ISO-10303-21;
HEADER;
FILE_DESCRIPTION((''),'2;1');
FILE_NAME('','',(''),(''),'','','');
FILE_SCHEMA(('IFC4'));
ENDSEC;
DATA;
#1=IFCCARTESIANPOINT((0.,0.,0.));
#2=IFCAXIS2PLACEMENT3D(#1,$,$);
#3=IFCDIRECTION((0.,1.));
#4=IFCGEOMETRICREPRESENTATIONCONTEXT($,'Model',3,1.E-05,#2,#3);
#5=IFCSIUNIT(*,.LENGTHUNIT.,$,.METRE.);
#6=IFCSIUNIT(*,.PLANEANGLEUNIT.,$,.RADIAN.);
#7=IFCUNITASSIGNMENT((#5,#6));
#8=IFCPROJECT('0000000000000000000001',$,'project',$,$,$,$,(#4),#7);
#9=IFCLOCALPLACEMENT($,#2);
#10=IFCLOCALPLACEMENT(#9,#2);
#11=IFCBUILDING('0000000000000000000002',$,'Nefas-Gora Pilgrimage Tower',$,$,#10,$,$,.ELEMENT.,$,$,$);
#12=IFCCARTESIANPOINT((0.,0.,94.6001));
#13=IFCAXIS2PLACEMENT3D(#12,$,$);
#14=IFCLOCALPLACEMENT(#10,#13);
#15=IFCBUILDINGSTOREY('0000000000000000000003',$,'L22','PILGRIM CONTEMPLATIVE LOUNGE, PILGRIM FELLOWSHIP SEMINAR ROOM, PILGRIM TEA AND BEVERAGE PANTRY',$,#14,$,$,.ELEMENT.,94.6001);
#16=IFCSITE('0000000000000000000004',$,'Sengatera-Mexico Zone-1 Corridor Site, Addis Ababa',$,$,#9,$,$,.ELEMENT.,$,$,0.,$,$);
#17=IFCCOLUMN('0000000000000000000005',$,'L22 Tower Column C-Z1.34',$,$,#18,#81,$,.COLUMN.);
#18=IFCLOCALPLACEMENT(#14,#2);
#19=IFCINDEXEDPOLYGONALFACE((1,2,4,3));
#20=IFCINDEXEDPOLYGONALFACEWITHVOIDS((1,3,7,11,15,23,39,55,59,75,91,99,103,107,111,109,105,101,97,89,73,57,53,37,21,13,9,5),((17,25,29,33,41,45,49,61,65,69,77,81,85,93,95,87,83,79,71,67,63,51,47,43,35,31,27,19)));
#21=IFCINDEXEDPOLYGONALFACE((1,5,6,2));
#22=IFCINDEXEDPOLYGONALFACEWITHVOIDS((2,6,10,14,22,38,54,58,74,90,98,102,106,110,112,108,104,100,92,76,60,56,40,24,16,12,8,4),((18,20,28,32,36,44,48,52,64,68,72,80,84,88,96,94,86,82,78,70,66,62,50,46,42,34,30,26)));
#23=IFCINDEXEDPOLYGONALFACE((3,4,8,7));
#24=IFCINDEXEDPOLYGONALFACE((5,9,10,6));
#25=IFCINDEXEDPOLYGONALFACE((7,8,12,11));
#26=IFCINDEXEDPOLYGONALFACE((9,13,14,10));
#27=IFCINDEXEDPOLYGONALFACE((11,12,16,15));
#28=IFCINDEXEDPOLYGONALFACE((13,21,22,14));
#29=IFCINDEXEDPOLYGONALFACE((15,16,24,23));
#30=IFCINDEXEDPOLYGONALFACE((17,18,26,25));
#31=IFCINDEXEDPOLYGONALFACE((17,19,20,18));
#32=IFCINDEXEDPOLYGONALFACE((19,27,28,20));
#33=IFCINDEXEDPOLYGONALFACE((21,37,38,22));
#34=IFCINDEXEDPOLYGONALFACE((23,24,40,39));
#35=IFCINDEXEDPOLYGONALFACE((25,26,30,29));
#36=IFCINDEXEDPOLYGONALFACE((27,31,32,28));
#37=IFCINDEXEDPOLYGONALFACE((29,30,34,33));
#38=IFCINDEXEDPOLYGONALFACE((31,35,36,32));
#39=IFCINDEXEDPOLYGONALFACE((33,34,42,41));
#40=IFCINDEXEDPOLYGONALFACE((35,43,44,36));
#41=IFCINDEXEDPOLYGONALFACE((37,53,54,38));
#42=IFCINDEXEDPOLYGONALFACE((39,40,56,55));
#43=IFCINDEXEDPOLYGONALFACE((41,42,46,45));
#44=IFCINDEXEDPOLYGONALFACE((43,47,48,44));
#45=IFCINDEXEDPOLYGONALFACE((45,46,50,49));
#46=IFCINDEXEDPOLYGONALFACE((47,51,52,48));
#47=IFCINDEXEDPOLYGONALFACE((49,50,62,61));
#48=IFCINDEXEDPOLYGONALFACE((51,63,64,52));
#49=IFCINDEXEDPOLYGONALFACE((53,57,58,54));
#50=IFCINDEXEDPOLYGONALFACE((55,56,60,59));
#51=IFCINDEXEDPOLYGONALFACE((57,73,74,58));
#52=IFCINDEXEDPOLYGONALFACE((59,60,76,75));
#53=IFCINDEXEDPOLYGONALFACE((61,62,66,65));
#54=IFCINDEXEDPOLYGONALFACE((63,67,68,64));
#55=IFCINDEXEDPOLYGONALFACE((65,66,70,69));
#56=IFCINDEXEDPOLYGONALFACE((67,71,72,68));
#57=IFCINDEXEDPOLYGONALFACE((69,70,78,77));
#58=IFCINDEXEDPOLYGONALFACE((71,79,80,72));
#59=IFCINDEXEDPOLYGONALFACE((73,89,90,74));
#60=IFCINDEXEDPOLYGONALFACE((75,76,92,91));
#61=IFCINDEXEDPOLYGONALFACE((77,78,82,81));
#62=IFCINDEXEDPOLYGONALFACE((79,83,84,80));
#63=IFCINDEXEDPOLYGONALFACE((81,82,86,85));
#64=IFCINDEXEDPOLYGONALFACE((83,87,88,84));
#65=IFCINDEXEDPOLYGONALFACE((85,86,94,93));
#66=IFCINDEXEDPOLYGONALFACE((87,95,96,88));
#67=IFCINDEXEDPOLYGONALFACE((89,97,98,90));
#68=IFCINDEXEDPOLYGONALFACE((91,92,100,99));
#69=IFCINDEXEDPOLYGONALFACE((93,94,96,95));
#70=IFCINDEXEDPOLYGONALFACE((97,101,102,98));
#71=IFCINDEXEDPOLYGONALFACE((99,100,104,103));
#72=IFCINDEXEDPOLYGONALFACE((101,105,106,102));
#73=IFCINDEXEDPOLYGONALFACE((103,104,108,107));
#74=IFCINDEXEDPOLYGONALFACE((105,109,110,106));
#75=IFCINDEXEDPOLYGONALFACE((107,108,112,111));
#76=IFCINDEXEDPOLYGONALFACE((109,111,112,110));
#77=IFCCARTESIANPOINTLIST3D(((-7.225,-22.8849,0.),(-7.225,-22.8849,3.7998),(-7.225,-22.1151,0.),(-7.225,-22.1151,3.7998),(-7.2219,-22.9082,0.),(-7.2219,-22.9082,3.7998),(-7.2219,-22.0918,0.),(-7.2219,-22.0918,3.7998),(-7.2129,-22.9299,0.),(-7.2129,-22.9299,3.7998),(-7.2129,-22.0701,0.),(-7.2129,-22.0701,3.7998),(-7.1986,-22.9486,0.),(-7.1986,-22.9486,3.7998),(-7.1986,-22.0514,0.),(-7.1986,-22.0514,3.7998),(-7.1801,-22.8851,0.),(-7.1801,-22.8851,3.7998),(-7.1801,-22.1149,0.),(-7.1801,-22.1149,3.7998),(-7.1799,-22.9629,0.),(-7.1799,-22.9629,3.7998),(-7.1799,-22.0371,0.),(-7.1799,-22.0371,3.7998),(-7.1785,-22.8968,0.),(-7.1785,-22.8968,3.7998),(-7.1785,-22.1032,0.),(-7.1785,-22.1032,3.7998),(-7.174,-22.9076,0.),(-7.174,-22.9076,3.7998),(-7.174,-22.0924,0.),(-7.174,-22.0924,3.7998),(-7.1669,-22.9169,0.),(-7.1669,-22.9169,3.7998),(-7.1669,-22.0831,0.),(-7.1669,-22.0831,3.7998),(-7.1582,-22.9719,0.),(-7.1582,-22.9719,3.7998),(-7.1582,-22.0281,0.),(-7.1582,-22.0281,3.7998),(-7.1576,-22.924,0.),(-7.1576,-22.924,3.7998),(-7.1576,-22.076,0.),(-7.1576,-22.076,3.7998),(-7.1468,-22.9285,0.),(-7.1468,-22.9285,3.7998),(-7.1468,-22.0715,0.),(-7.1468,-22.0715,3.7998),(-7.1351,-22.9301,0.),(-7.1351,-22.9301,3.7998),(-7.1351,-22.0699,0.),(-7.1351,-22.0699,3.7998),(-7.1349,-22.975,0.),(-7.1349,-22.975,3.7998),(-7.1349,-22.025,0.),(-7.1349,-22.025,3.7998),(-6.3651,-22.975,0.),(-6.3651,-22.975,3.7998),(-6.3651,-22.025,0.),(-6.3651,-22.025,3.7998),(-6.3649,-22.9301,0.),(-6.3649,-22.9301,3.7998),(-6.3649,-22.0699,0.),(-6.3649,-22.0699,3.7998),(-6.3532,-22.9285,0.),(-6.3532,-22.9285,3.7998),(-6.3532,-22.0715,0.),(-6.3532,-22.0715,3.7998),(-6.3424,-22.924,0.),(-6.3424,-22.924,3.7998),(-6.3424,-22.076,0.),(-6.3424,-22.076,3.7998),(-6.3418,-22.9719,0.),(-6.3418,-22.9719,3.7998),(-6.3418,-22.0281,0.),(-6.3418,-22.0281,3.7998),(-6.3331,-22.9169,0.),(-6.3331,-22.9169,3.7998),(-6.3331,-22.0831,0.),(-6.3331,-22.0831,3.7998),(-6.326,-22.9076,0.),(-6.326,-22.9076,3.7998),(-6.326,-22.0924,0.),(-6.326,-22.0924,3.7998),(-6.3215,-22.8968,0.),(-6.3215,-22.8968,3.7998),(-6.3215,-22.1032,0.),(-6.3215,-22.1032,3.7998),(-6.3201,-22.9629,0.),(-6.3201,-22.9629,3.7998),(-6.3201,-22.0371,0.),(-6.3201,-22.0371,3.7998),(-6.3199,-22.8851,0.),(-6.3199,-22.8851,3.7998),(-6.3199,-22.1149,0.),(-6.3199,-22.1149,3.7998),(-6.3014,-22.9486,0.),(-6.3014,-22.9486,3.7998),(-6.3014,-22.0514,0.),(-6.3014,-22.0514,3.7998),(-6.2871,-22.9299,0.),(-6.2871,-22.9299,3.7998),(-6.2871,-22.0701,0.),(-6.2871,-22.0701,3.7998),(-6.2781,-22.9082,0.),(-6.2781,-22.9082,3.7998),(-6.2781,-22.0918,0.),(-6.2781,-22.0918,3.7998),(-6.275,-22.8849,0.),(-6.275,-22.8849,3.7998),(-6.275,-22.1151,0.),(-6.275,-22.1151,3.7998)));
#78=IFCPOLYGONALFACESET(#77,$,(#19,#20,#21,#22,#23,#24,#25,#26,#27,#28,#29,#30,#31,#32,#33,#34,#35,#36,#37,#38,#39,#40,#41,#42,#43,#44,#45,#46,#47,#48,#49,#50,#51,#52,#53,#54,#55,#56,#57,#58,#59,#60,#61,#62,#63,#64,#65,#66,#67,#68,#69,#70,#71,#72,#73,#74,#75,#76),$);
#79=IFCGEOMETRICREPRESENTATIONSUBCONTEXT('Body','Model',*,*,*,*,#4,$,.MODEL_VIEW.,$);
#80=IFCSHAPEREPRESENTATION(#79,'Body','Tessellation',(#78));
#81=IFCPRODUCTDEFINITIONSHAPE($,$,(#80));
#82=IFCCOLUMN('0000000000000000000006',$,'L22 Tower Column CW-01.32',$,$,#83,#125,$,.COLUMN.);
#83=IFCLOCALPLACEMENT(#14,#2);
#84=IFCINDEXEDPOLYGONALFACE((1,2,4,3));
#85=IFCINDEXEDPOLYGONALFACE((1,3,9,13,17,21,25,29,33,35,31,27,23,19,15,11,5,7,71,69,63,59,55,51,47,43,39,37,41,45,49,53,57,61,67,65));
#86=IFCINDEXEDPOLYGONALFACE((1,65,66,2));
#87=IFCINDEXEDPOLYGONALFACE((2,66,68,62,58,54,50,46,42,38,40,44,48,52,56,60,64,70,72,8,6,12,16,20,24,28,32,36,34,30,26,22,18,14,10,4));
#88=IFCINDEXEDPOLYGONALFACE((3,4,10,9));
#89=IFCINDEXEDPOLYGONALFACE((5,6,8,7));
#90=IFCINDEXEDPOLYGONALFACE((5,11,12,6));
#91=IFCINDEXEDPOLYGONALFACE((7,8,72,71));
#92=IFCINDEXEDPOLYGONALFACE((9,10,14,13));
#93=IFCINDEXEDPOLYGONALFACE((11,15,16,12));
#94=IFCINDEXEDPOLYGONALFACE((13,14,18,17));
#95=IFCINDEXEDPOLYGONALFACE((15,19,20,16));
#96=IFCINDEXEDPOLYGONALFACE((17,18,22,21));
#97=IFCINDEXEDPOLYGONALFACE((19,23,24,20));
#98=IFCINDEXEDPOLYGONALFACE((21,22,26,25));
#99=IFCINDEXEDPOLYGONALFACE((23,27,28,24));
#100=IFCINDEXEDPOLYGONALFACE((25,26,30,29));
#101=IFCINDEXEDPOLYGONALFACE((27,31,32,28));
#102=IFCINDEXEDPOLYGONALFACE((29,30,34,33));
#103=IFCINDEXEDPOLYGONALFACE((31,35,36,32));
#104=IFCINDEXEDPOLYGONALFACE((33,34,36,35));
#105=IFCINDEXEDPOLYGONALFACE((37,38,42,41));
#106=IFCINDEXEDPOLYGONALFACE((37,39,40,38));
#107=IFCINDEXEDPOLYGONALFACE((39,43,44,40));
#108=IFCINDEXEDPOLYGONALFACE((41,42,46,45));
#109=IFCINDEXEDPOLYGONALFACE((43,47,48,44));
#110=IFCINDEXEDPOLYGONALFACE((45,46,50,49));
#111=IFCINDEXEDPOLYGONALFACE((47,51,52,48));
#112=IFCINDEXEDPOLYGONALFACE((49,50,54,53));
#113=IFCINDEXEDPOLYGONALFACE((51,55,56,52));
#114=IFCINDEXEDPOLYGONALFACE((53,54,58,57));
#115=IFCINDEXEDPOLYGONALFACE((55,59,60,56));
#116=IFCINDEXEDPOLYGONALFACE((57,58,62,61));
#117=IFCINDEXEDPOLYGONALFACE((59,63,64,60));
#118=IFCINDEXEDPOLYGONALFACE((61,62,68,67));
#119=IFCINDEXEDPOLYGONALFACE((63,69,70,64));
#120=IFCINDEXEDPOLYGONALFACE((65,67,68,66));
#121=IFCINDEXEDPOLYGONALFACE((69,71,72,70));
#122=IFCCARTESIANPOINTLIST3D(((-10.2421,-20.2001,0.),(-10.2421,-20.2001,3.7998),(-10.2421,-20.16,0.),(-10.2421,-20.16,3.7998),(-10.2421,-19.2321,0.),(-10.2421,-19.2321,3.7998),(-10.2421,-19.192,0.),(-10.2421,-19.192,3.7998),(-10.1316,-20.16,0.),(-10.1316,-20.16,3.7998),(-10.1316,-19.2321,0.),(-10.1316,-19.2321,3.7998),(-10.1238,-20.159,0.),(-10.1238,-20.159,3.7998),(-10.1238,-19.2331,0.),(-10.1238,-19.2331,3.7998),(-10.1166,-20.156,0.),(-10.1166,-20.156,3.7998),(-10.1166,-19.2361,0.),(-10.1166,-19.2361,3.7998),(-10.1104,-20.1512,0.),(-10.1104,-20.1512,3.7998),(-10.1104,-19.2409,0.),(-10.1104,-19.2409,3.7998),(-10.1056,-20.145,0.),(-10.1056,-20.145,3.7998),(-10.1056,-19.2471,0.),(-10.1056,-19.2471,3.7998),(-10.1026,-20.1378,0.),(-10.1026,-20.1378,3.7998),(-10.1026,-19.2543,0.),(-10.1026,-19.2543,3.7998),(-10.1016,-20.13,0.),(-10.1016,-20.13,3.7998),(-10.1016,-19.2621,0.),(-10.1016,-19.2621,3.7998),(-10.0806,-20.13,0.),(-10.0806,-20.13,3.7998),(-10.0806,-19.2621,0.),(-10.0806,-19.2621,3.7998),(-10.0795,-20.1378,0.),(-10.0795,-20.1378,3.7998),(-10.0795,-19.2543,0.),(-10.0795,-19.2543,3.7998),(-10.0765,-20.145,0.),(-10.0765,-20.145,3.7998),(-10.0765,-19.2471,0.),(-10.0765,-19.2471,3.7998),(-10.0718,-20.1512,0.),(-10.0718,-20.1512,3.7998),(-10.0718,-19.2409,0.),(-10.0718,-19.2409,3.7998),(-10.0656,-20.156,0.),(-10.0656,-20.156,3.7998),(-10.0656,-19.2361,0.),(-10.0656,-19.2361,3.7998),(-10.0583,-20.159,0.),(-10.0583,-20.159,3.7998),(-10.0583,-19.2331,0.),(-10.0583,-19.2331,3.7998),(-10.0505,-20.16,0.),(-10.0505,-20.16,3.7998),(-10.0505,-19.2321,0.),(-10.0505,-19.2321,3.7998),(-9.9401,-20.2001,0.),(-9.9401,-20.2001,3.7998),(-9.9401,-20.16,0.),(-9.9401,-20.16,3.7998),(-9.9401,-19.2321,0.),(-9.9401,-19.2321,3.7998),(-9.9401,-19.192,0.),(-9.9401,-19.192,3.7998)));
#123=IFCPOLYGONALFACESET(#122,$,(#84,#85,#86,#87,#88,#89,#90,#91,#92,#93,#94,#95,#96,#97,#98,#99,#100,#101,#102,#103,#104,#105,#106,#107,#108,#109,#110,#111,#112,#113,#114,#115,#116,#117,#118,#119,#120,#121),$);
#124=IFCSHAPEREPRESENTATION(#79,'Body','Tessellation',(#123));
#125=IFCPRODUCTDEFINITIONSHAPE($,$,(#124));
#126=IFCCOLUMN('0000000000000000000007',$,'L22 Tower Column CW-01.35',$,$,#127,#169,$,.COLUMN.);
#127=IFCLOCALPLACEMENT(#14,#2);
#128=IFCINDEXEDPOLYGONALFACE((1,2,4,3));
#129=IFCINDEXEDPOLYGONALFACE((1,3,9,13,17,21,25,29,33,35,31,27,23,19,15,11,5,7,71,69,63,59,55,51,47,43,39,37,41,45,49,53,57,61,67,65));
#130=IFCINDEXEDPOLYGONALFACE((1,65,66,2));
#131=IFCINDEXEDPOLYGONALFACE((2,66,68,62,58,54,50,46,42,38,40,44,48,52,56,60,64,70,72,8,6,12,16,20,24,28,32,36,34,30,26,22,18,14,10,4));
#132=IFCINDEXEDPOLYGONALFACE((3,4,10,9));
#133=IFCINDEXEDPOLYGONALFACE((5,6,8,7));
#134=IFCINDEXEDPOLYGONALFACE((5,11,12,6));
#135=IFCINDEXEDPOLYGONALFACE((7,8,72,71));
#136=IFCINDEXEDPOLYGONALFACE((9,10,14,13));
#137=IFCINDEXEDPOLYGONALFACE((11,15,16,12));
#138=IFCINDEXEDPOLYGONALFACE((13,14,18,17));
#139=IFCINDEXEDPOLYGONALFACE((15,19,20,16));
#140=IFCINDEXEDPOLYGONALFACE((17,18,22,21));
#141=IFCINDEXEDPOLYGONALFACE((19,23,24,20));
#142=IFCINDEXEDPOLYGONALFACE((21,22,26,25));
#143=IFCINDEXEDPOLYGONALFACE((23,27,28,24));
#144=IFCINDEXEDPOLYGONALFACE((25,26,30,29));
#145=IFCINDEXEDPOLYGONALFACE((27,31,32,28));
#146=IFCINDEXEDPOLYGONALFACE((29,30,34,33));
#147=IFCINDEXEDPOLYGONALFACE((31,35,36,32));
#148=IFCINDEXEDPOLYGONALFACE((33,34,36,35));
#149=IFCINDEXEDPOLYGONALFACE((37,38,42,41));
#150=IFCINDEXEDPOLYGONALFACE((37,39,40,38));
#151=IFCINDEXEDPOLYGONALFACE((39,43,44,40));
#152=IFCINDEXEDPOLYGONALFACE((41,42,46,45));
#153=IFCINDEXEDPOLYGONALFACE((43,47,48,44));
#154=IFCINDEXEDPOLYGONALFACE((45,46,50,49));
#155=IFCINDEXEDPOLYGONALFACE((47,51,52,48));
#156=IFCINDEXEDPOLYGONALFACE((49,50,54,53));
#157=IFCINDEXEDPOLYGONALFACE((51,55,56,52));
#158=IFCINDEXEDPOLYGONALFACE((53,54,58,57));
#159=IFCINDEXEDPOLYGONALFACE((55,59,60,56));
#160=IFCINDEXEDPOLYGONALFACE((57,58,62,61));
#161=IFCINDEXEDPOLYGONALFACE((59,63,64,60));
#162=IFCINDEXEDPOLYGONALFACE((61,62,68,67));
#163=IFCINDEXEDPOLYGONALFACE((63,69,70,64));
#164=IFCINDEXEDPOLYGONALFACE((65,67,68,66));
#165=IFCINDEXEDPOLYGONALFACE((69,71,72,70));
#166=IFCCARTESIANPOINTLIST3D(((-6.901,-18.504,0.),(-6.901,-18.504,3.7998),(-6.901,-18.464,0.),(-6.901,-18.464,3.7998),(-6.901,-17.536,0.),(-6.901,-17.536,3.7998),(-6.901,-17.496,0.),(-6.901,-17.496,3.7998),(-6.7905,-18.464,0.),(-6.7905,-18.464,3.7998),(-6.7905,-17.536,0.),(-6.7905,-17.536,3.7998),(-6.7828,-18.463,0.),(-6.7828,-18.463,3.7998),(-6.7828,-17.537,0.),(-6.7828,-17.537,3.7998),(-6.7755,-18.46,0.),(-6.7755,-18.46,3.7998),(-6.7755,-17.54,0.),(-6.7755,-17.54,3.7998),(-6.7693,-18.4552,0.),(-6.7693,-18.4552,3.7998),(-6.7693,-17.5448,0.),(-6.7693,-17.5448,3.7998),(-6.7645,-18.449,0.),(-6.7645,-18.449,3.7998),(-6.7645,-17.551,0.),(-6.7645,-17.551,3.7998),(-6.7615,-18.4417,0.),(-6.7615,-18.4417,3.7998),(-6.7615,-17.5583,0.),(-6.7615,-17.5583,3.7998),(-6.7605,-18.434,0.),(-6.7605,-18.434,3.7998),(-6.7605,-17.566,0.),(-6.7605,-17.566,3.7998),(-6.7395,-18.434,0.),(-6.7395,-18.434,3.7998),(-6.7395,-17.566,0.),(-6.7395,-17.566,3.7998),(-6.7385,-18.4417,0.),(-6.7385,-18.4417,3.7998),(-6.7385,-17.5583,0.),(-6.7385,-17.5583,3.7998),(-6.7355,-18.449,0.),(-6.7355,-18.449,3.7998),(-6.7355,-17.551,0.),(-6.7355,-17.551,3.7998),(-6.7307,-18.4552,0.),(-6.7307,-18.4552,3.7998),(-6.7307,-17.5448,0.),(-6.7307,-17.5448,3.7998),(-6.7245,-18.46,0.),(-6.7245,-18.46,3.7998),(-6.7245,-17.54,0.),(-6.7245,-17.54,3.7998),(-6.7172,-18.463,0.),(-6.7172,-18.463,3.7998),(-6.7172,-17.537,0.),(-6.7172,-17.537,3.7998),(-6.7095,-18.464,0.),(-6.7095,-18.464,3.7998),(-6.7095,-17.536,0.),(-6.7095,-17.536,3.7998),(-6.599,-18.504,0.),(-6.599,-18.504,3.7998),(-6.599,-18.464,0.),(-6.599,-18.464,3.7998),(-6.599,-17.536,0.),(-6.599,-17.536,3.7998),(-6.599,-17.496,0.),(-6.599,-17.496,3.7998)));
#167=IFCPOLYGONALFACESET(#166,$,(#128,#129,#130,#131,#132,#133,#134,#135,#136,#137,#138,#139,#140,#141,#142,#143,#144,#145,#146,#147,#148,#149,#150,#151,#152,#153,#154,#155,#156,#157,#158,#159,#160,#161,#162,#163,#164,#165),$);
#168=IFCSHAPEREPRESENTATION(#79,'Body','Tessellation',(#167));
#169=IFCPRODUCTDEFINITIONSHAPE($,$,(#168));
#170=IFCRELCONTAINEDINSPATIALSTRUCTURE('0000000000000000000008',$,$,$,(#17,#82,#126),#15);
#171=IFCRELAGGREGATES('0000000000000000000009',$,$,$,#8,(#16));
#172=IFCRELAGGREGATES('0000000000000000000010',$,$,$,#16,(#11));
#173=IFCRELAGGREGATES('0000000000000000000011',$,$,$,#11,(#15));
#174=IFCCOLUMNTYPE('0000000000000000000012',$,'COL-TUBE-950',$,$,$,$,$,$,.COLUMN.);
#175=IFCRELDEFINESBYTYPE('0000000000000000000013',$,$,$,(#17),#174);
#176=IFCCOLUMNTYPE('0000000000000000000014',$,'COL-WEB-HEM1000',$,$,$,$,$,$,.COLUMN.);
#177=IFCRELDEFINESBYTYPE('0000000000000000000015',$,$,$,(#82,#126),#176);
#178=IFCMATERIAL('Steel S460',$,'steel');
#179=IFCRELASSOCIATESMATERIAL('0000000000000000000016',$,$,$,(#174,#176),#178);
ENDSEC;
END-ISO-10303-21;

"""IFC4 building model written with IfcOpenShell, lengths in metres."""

from ifc_helpers import new_model, si_unit, direction, frame, origin, origin_2d, place, context, subcontext, project, spatial, hollow_rectangle, i_section, extrude, source, transform, mapped, material, material_profile, profile_set, type_object, element, save


model = new_model("IFC4")

# Units and contexts
model_context = context("Model", 3, precision=1e-05, world=origin(), true_north=direction((0.0, 1.0)))
body_context = subcontext(model_context, "Body", "Model", "MODEL_VIEW")
ifc_project = project(units=[si_unit("LENGTHUNIT", "METRE"), si_unit("PLANEANGLEUNIT", "RADIAN")], contexts=[model_context])

# Site, building, storey
site_placement = place(None, origin())
site = spatial("IfcSite", under=ifc_project, at=site_placement, Name="Sengatera-Mexico Zone-1 Corridor Site, Addis Ababa", CompositionType="ELEMENT", RefElevation=0.0)
building_placement = place(site_placement, origin())
building = spatial("IfcBuilding", under=site, at=building_placement, Name="Nefas-Gora Pilgrimage Tower", CompositionType="ELEMENT")
storey_placement = place(building_placement, frame((0.0, 0.0, 94.6001)))
storey = spatial("IfcBuildingStorey", under=building, at=storey_placement, Name="L22", Description="PILGRIM CONTEMPLATIVE LOUNGE, PILGRIM FELLOWSHIP SEMINAR ROOM, PILGRIM TEA AND BEVERAGE PANTRY", CompositionType="ELEMENT", Elevation=94.6001)

# Columns
ifc_material_1 = material(Name="Steel S460", Category="steel")
ifc_material_profile_1 = material_profile(ifc_material_1, hollow_rectangle(XDim=0.95, YDim=0.95, WallThickness=0.0449, InnerFilletRadius=0.0449, OuterFilletRadius=0.0901, at=origin_2d()), Name="BOX 950x950x45")
ifc_profile_set_1 = profile_set([ifc_material_profile_1], Name="Steel S460")
column_type_1 = type_object("IfcColumnType", Name="COL-TUBE-950", PredefinedType="COLUMN", material=ifc_profile_set_1)
shared_shape_1 = source(origin(), body_context, "Body", "SweptSolid", [
    extrude(hollow_rectangle(XDim=0.95, YDim=0.95, WallThickness=0.0449, InnerFilletRadius=0.0449, OuterFilletRadius=0.0901, at=origin_2d()), origin(), (0.0, 0.0, 1.0), 3.7998),
])
column_placement = place(storey_placement, frame((-6.75, -22.5, 0.0), z_axis=(0.0, 0.0, 1.0), x_axis=(1.0, 0.0, 0.0)))
element("IfcColumn", 1, at=column_placement, inside=storey, type_object=column_type_1, Name="L22 Tower Column C-Z1.34", PredefinedType="COLUMN", context=body_context, shape_type="MappedRepresentation", body=[
    mapped(shared_shape_1, transform((0.0, 0.0, 0.0), x_axis=(1.0, 0.0, 0.0), y_axis=(0.0, 1.0, 0.0), z_axis=(0.0, 0.0, 1.0), scale=1.0)),
])
ifc_material_profile_2 = material_profile(ifc_material_1, i_section(OverallWidth=0.302, OverallDepth=1.0081, WebThickness=0.021, FlangeThickness=0.04, FilletRadius=0.03, at=origin_2d()), Name="HEM 1000")
ifc_profile_set_2 = profile_set([ifc_material_profile_2], Name="Steel S460")
column_type_2 = type_object("IfcColumnType", Name="COL-WEB-HEM1000", PredefinedType="COLUMN", material=ifc_profile_set_2)
shared_shape_2 = source(origin(), body_context, "Body", "SweptSolid", [
    extrude(i_section(OverallWidth=0.302, OverallDepth=1.0081, WebThickness=0.021, FlangeThickness=0.04, FilletRadius=0.03, at=origin_2d()), origin(), (0.0, 0.0, 1.0), 3.7998),
])
for number, where, z_axis, x_axis, name in (
    (2, (-10.0911, -19.696, 0.0), (0.0, 0.0, 1.0), (1.0, 0.0, 0.0), "L22 Tower Column CW-01.32"),
    (3, (-6.75, -18.0, 0.0), (0.0, 0.0, 1.0), (1.0, 0.0, 0.0), "L22 Tower Column CW-01.35"),
):
    element("IfcColumn", number, at=place(storey_placement, frame(where, z_axis=z_axis, x_axis=x_axis)), inside=storey, type_object=column_type_2, Name=name, PredefinedType="COLUMN", context=body_context, shape_type="MappedRepresentation", body=[
        mapped(shared_shape_2, transform((0.0, 0.0, 0.0), x_axis=(1.0, 0.0, 0.0), y_axis=(0.0, 1.0, 0.0), z_axis=(0.0, 0.0, 1.0), scale=1.0)),
    ])

save(model, "model.ifc")
